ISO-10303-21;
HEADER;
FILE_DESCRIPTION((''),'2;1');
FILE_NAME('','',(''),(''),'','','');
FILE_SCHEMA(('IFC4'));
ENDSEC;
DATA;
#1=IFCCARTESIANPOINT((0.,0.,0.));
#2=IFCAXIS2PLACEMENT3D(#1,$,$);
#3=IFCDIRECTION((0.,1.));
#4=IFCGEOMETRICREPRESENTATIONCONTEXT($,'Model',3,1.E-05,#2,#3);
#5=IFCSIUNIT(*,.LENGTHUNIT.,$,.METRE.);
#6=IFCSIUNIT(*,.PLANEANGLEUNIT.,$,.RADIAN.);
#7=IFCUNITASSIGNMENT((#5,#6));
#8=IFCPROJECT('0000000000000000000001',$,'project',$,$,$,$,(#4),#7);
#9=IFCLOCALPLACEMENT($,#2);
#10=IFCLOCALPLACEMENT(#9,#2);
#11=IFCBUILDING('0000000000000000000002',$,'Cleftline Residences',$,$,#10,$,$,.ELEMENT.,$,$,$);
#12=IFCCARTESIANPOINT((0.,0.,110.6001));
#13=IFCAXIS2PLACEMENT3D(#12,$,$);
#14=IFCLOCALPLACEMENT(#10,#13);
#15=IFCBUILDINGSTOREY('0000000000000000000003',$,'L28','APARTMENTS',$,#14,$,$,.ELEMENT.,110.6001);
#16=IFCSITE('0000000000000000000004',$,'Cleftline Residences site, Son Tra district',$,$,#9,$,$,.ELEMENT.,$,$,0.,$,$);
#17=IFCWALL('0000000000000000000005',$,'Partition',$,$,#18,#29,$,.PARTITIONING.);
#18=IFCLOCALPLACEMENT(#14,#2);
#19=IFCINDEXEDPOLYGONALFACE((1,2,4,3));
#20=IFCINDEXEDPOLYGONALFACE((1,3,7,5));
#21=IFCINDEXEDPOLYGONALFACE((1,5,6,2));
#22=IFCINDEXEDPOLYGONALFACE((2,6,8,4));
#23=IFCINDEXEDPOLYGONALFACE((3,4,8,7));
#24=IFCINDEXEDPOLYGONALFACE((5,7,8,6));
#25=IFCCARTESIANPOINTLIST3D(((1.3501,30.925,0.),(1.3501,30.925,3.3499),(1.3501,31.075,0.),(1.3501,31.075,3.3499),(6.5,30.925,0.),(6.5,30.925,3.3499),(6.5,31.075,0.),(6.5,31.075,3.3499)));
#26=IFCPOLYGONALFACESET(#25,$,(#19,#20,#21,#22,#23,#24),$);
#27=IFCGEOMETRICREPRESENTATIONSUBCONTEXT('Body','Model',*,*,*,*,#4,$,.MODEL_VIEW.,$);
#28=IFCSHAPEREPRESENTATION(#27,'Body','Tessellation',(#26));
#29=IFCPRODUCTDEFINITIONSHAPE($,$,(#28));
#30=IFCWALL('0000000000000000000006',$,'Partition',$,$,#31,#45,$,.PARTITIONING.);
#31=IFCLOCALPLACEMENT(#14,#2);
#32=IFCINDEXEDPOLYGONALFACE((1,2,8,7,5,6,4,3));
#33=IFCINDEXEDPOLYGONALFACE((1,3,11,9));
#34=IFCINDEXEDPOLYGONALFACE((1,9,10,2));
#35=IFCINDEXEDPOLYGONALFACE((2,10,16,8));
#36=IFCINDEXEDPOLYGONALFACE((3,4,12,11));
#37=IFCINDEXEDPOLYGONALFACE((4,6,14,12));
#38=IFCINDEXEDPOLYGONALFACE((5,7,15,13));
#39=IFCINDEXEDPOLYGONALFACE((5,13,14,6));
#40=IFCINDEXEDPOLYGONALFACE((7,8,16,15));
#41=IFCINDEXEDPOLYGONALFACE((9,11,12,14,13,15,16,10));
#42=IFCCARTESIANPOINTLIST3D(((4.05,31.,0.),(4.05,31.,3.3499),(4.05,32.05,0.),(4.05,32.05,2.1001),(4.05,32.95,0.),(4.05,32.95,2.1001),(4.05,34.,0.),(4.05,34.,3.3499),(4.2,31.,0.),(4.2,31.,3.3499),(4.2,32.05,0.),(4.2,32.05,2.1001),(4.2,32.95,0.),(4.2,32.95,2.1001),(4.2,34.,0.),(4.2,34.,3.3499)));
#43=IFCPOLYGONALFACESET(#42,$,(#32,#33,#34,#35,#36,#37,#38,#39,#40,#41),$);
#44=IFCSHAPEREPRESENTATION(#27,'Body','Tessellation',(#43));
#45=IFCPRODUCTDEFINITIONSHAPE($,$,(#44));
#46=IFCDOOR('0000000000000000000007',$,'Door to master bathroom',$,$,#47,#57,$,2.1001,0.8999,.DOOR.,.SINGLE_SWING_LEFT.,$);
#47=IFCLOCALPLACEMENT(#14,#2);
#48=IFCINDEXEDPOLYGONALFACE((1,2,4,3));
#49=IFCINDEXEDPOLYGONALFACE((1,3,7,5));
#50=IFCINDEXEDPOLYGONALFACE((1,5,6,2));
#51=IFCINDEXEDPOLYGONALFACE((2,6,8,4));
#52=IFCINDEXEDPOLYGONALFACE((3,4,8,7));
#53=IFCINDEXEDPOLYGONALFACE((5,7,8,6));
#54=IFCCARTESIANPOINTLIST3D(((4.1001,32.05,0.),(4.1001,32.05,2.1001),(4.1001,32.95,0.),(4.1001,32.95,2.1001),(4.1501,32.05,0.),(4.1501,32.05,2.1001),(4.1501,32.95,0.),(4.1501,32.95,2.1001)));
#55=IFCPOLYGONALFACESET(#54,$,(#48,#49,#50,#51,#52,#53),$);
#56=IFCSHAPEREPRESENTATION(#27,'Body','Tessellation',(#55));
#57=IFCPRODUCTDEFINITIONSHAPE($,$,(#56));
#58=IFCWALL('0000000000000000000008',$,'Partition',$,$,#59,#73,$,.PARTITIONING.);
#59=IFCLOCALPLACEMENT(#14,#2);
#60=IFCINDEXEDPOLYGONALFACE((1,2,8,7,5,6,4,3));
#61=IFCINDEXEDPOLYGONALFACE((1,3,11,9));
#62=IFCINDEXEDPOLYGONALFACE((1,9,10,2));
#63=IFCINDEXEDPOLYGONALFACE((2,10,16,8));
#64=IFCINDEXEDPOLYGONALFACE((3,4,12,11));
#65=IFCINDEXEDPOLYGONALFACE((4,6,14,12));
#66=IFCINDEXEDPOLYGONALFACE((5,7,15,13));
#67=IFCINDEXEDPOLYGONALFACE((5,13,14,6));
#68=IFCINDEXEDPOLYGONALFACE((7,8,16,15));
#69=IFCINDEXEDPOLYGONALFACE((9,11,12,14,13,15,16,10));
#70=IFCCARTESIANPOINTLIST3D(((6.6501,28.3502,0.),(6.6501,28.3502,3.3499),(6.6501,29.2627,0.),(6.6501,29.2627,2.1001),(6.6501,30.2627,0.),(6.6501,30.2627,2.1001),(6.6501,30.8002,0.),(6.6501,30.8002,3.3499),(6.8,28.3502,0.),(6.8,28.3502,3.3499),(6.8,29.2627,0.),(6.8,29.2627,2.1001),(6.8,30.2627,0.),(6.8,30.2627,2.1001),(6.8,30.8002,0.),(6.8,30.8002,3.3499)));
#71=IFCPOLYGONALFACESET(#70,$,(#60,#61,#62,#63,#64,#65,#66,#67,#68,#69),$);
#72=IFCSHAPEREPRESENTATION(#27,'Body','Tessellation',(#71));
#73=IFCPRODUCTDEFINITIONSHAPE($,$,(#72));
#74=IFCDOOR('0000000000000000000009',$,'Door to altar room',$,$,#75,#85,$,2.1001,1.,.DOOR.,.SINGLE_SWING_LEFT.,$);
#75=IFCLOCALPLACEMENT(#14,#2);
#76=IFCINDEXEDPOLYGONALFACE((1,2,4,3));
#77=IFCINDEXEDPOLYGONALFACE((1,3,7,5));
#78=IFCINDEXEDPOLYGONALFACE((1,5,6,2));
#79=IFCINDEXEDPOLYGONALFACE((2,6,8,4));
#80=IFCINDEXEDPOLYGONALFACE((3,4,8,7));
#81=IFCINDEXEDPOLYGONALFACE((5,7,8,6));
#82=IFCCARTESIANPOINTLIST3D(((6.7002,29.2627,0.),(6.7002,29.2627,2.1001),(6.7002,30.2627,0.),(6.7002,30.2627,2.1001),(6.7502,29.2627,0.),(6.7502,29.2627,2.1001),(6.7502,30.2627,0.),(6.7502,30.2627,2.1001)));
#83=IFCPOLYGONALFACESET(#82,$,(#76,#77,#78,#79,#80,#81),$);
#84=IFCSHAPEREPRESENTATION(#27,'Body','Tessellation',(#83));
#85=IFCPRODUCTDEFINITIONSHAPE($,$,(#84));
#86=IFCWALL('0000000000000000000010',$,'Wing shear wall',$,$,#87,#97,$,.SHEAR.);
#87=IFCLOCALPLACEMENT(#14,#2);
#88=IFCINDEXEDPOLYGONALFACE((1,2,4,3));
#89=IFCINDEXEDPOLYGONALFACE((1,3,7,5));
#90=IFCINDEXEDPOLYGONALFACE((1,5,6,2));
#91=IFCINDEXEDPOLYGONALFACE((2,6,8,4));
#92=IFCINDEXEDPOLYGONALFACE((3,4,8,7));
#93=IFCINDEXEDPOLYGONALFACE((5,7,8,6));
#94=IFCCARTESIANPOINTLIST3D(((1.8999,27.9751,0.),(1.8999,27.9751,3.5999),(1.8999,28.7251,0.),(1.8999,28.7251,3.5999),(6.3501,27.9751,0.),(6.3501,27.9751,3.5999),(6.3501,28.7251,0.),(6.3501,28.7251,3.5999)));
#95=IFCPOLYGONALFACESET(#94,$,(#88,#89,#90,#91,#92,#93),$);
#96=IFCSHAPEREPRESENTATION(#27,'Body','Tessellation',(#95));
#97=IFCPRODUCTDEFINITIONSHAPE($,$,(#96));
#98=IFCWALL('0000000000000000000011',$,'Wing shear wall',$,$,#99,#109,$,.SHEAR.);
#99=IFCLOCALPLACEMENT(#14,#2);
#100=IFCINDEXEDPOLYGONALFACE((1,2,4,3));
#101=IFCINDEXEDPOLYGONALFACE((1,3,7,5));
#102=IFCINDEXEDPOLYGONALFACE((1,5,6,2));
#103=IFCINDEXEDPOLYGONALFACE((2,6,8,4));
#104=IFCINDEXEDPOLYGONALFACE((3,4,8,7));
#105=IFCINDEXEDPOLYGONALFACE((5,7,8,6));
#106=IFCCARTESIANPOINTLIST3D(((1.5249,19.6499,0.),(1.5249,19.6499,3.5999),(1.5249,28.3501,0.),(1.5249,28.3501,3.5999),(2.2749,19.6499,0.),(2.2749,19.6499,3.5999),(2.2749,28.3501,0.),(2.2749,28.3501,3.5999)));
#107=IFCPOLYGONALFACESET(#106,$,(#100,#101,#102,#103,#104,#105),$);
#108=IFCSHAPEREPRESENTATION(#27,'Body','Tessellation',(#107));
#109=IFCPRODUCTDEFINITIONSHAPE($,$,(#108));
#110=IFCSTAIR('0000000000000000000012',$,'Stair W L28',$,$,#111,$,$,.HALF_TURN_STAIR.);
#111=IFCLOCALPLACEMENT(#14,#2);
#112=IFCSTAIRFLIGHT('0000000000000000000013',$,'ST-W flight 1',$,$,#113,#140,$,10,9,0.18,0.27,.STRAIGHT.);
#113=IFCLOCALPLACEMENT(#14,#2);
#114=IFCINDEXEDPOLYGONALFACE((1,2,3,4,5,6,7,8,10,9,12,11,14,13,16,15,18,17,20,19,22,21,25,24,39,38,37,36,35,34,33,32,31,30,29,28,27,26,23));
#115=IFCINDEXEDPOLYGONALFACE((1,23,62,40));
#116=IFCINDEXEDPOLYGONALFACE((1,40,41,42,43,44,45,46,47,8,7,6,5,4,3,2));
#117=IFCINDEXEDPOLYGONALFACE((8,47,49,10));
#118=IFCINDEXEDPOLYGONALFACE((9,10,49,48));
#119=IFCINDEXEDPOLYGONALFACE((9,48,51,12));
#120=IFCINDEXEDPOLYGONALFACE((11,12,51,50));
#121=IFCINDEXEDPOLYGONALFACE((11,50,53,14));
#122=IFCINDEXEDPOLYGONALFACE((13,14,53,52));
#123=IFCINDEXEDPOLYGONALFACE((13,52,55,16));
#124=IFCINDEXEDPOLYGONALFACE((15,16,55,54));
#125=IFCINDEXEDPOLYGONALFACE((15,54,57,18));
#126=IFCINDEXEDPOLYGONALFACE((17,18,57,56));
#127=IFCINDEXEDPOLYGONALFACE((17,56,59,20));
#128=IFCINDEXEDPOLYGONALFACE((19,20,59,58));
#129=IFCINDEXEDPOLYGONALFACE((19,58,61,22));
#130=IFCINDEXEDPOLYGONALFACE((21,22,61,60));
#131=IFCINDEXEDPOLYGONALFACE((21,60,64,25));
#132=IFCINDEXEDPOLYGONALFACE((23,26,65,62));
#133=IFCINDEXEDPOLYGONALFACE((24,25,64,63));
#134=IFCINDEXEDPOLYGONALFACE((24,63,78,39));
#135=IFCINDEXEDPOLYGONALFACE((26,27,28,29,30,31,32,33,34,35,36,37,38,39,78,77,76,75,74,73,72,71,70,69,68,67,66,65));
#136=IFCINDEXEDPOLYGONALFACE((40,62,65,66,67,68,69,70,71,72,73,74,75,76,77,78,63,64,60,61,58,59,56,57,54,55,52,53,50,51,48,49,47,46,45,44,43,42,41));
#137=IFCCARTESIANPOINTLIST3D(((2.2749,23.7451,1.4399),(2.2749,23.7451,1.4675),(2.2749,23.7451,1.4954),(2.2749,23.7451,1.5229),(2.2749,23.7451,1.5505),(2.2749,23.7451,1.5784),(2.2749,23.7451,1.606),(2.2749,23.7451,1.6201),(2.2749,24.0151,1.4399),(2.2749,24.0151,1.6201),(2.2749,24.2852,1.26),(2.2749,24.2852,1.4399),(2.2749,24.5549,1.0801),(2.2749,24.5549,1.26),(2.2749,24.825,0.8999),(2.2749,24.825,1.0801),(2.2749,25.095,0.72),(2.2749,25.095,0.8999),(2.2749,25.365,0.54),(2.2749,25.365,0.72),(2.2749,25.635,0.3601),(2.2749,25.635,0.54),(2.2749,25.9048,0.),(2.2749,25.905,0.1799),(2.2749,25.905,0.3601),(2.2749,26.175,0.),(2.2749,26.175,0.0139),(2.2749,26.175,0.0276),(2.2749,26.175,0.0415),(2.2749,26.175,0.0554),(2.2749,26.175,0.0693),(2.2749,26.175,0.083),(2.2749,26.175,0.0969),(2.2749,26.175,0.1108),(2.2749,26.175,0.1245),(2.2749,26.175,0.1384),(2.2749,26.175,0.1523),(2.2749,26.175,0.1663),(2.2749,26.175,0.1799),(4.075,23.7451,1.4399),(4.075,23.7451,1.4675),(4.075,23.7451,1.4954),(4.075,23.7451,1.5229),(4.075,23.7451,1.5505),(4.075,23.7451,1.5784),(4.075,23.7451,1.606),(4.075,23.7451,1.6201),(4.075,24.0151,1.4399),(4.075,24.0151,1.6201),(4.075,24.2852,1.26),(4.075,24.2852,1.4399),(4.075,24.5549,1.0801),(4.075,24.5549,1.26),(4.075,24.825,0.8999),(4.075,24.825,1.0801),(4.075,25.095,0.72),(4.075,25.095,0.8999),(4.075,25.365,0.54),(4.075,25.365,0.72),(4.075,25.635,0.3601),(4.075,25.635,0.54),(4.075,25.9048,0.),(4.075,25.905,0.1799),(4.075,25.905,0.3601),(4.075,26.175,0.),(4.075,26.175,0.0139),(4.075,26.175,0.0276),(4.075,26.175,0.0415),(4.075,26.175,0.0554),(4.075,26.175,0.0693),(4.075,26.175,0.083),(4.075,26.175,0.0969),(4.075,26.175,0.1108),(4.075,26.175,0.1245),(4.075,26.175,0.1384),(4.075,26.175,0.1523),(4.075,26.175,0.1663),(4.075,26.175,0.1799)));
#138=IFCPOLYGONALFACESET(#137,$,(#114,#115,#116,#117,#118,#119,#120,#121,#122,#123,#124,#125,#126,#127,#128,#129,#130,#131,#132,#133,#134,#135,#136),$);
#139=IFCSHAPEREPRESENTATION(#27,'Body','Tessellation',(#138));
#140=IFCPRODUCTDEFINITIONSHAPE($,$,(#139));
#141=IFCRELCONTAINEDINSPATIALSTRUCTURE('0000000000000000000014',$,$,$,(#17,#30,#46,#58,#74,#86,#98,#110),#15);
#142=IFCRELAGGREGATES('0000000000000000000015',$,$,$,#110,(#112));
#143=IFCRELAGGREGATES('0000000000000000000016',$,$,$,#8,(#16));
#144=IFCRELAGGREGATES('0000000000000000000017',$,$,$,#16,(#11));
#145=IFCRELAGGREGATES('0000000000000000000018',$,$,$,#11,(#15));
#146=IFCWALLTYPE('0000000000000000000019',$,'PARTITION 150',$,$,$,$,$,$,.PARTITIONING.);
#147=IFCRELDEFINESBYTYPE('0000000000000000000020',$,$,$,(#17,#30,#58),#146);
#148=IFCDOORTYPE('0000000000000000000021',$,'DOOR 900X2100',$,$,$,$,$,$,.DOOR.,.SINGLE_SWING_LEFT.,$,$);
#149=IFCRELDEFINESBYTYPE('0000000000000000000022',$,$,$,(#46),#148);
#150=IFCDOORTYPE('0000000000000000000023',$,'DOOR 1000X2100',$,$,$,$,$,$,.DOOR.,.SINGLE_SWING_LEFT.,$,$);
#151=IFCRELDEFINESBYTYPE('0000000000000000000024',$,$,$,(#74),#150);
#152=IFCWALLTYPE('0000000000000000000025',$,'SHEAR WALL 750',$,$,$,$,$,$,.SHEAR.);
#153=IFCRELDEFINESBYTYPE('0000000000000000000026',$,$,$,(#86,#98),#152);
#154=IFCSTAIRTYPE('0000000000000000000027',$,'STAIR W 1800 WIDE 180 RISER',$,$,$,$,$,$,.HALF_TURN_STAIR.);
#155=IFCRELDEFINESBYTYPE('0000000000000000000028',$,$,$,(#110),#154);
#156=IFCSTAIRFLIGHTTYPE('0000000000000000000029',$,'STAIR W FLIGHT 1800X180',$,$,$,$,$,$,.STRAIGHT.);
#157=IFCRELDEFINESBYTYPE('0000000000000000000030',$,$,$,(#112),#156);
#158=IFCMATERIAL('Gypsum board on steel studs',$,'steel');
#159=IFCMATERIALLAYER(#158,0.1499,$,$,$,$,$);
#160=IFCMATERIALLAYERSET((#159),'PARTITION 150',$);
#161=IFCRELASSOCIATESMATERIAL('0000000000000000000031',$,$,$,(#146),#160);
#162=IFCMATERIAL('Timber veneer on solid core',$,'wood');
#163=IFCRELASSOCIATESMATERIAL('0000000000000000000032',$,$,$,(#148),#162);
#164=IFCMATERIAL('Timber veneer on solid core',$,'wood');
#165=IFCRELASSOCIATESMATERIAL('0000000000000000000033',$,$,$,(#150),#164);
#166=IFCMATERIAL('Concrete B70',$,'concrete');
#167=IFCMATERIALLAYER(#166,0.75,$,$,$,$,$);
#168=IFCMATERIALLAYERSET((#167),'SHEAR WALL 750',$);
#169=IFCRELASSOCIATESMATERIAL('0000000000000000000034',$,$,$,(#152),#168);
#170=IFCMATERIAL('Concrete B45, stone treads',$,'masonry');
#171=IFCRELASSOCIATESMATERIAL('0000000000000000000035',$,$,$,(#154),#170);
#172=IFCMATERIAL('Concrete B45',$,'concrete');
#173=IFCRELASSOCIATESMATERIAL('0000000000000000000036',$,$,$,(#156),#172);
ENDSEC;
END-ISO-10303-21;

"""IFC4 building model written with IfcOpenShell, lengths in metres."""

from ifc_helpers import new_model, si_unit, direction, frame, frame_2d, origin, place, context, subcontext, project, spatial, polyline, rectangle, outline, extrude, material, layer, layer_set, type_object, element, fill, aggregate, save


model = new_model("IFC4")

# Units and contexts
model_context = context("Model", 3, precision=1e-05, world=origin(), true_north=direction((0.0, 1.0)))
body_context = subcontext(model_context, "Body", "Model", "MODEL_VIEW")
ifc_project = project(units=[si_unit("LENGTHUNIT", "METRE"), si_unit("PLANEANGLEUNIT", "RADIAN")], contexts=[model_context])

# Site, building, storey
site_placement = place(None, origin())
site = spatial("IfcSite", under=ifc_project, at=site_placement, Name="Cleftline Residences site, Son Tra district", CompositionType="ELEMENT", RefElevation=0.0)
building_placement = place(site_placement, origin())
building = spatial("IfcBuilding", under=site, at=building_placement, Name="Cleftline Residences", CompositionType="ELEMENT")
storey_placement = place(building_placement, frame((0.0, 0.0, 110.6001)))
storey = spatial("IfcBuildingStorey", under=building, at=storey_placement, Name="L28", Description="APARTMENTS", CompositionType="ELEMENT", Elevation=110.6001)

# Wall
ifc_material_1 = material(Name="Gypsum board on steel studs", Category="steel")
ifc_layer_1 = layer(ifc_material_1, 0.1499)
ifc_layer_set_1 = layer_set([ifc_layer_1], Name="PARTITION 150")
wall_type_1 = type_object("IfcWallType", Name="PARTITION 150", PredefinedType="PARTITIONING", material=ifc_layer_set_1)
wall_1_placement = place(storey_placement, frame((1.3501, 31.0, 0.0), z_axis=(0.0, 0.0, 1.0), x_axis=(1.0, 0.0, 0.0)))
element("IfcWall", 1, at=wall_1_placement, inside=storey, type_object=wall_type_1, Name="Partition", PredefinedType="PARTITIONING", context=body_context, shape_type="SweptSolid", body=[
    extrude(rectangle(XDim=5.1499, YDim=0.1499, at=frame_2d((2.575, 0.0))), origin(), (0.0, 0.0, 1.0), 3.3499),
])

# Walls, openings, doors
wall_2_placement = place(storey_placement, frame((4.125, 31.0, 0.0), z_axis=(0.0, 0.0, 1.0), x_axis=(0.0, 1.0, 0.0)))
wall_2 = element("IfcWall", 2, at=wall_2_placement, inside=storey, type_object=wall_type_1, Name="Partition", PredefinedType="PARTITIONING", context=body_context, shape_type="SweptSolid", body=[
    extrude(rectangle(XDim=3.0, YDim=0.1499, at=frame_2d((1.5, 0.0))), origin(), (0.0, 0.0, 1.0), 3.3499),
])
opening_1_placement = place(wall_2_placement, frame((1.05, 0.0, 0.0)))
opening_1 = element("IfcOpeningElement", 3, at=opening_1_placement, cuts=wall_2, PredefinedType="OPENING", context=body_context, shape_type="SweptSolid", body=[
    extrude(rectangle(XDim=0.8999, YDim=2.1001, at=frame_2d((0.45, 1.05))), frame((0.0, 0.085, 0.0), z_axis=(0.0, -1.0, 0.0), x_axis=(1.0, 0.0, 0.0)), (0.0, 0.0, 1.0), 0.1699),
])
ifc_material_2 = material(Name="Timber veneer on solid core", Category="wood")
door_type_1 = type_object("IfcDoorType", Name="DOOR 900X2100", OperationType="SINGLE_SWING_LEFT", PredefinedType="DOOR", material=ifc_material_2)
door_1_placement = place(opening_1_placement, origin())
door_1 = element("IfcDoor", 4, at=door_1_placement, inside=storey, type_object=door_type_1, Name="Door to master bathroom", OperationType="SINGLE_SWING_LEFT", OverallHeight=2.1001, OverallWidth=0.8999, PredefinedType="DOOR", context=body_context, shape_type="SweptSolid", body=[
    extrude(rectangle(XDim=0.8999, YDim=2.1001, at=frame_2d((0.45, 1.05))), frame((0.0, 0.0249, 0.0), z_axis=(0.0, -1.0, 0.0), x_axis=(1.0, 0.0, 0.0)), (0.0, 0.0, 1.0), 0.05),
])
fill(opening_1, door_1)
wall_3_placement = place(storey_placement, frame((6.7251, 28.3501, 0.0), z_axis=(0.0, 0.0, 1.0), x_axis=(0.0, 1.0, 0.0)))
wall_3 = element("IfcWall", 5, at=wall_3_placement, inside=storey, type_object=wall_type_1, Name="Partition", PredefinedType="PARTITIONING", context=body_context, shape_type="SweptSolid", body=[
    extrude(rectangle(XDim=2.45, YDim=0.1499, at=frame_2d((1.2251, 0.0))), origin(), (0.0, 0.0, 1.0), 3.3499),
])
opening_2_placement = place(wall_3_placement, frame((0.9126, 0.0, 0.0)))
opening_2 = element("IfcOpeningElement", 6, at=opening_2_placement, cuts=wall_3, PredefinedType="OPENING", context=body_context, shape_type="SweptSolid", body=[
    extrude(rectangle(XDim=1.0, YDim=2.1001, at=frame_2d((0.5, 1.05))), frame((0.0, 0.085, 0.0), z_axis=(0.0, -1.0, 0.0), x_axis=(1.0, 0.0, 0.0)), (0.0, 0.0, 1.0), 0.1699),
])
ifc_material_3 = material(Name="Timber veneer on solid core", Category="wood")
door_type_2 = type_object("IfcDoorType", Name="DOOR 1000X2100", OperationType="SINGLE_SWING_LEFT", PredefinedType="DOOR", material=ifc_material_3)
door_2_placement = place(opening_2_placement, origin())
door_2 = element("IfcDoor", 7, at=door_2_placement, inside=storey, type_object=door_type_2, Name="Door to altar room", OperationType="SINGLE_SWING_LEFT", OverallHeight=2.1001, OverallWidth=1.0, PredefinedType="DOOR", context=body_context, shape_type="SweptSolid", body=[
    extrude(rectangle(XDim=1.0, YDim=2.1001, at=frame_2d((0.5, 1.05))), frame((0.0, 0.0249, 0.0), z_axis=(0.0, -1.0, 0.0), x_axis=(1.0, 0.0, 0.0)), (0.0, 0.0, 1.0), 0.05),
])
fill(opening_2, door_2)

# Walls
ifc_material_4 = material(Name="Concrete B70", Category="concrete")
ifc_layer_2 = layer(ifc_material_4, 0.75)
ifc_layer_set_2 = layer_set([ifc_layer_2], Name="SHEAR WALL 750")
wall_type_2 = type_object("IfcWallType", Name="SHEAR WALL 750", PredefinedType="SHEAR", material=ifc_layer_set_2)
wall_4_placement = place(storey_placement, frame((6.3501, 28.3501, 0.0), z_axis=(0.0, 0.0, 1.0), x_axis=(-1.0, 0.0, 0.0)))
element("IfcWall", 8, at=wall_4_placement, inside=storey, type_object=wall_type_2, Name="Wing shear wall", PredefinedType="SHEAR", context=body_context, shape_type="SweptSolid", body=[
    extrude(rectangle(XDim=4.4502, YDim=0.75, at=frame_2d((2.2251, 0.0))), origin(), (0.0, 0.0, 1.0), 3.5999),
])
wall_5_placement = place(storey_placement, frame((1.8999, 28.3501, 0.0), z_axis=(0.0, 0.0, 1.0), x_axis=(0.0, -1.0, 0.0)))
element("IfcWall", 9, at=wall_5_placement, inside=storey, type_object=wall_type_2, Name="Wing shear wall", PredefinedType="SHEAR", context=body_context, shape_type="SweptSolid", body=[
    extrude(rectangle(XDim=8.7002, YDim=0.75, at=frame_2d((4.3501, 0.0))), origin(), (0.0, 0.0, 1.0), 3.5999),
])

# Stair, stair flight
ifc_material_5 = material(Name="Concrete B45, stone treads", Category="masonry")
stair_type = type_object("IfcStairType", Name="STAIR W 1800 WIDE 180 RISER", PredefinedType="HALF_TURN_STAIR", material=ifc_material_5)
stair_placement = place(storey_placement, origin())
stair = element("IfcStair", 10, at=stair_placement, inside=storey, type_object=stair_type, Name="Stair W L28", PredefinedType="HALF_TURN_STAIR")
ifc_material_6 = material(Name="Concrete B45", Category="concrete")
stair_flight_type = type_object("IfcStairFlightType", Name="STAIR W FLIGHT 1800X180", PredefinedType="STRAIGHT", material=ifc_material_6)
stair_flight_1_placement = place(storey_placement, frame((3.175, 26.175, 0.0), z_axis=(0.0, 0.0, 1.0), x_axis=(0.0, -1.0, 0.0)))
stair_flight_1 = element("IfcStairFlight", 11, at=stair_flight_1_placement, type_object=stair_flight_type, Name="ST-W flight 1", NumberOfRisers=10, NumberOfTreads=9, PredefinedType="STRAIGHT", RiserHeight=0.18, TreadLength=0.27, context=body_context, shape_type="SweptSolid", body=[
    extrude(outline(polyline([(0.0, 0.0), (0.0, 0.0139), (0.0, 0.0276), (0.0, 0.0415), (0.0, 0.0554), (0.0, 0.0693), (0.0, 0.083), (0.0, 0.0969), (0.0, 0.1108), (0.0, 0.1245), (0.0, 0.1384), (0.0, 0.1523), (0.0, 0.1663), (0.0, 0.1799), (0.27, 0.1799), (0.27, 0.3601), (0.54, 0.3601), (0.54, 0.54), (0.8101, 0.54), (0.8101, 0.72), (1.0801, 0.72), (1.0801, 0.8999), (1.3501, 0.8999), (1.3501, 1.0801), (1.6201, 1.0801), (1.6201, 1.26), (1.8899, 1.26), (1.8899, 1.4399), (2.1599, 1.4399), (2.1599, 1.6201), (2.4299, 1.6201), (2.4299, 1.8), (2.4299, 1.7722), (2.4299, 1.7446), (2.4299, 1.7168), (2.4299, 1.6892), (2.4299, 1.6614), (2.4299, 1.6338), (2.4299, 1.606), (2.4299, 1.5784), (2.4299, 1.5505), (2.4299, 1.5229), (2.4299, 1.4954), (2.4299, 1.4675), (2.4299, 1.4399), (0.2703, 0.0), (0.0, 0.0)])), frame((0.0, 0.8999, 0.0), z_axis=(0.0, -1.0, 0.0), x_axis=(1.0, 0.0, 0.0)), (0.0, 0.0, 1.0), 1.8),
])
aggregate(stair, [stair_flight_1])

save(model, "model.ifc")
